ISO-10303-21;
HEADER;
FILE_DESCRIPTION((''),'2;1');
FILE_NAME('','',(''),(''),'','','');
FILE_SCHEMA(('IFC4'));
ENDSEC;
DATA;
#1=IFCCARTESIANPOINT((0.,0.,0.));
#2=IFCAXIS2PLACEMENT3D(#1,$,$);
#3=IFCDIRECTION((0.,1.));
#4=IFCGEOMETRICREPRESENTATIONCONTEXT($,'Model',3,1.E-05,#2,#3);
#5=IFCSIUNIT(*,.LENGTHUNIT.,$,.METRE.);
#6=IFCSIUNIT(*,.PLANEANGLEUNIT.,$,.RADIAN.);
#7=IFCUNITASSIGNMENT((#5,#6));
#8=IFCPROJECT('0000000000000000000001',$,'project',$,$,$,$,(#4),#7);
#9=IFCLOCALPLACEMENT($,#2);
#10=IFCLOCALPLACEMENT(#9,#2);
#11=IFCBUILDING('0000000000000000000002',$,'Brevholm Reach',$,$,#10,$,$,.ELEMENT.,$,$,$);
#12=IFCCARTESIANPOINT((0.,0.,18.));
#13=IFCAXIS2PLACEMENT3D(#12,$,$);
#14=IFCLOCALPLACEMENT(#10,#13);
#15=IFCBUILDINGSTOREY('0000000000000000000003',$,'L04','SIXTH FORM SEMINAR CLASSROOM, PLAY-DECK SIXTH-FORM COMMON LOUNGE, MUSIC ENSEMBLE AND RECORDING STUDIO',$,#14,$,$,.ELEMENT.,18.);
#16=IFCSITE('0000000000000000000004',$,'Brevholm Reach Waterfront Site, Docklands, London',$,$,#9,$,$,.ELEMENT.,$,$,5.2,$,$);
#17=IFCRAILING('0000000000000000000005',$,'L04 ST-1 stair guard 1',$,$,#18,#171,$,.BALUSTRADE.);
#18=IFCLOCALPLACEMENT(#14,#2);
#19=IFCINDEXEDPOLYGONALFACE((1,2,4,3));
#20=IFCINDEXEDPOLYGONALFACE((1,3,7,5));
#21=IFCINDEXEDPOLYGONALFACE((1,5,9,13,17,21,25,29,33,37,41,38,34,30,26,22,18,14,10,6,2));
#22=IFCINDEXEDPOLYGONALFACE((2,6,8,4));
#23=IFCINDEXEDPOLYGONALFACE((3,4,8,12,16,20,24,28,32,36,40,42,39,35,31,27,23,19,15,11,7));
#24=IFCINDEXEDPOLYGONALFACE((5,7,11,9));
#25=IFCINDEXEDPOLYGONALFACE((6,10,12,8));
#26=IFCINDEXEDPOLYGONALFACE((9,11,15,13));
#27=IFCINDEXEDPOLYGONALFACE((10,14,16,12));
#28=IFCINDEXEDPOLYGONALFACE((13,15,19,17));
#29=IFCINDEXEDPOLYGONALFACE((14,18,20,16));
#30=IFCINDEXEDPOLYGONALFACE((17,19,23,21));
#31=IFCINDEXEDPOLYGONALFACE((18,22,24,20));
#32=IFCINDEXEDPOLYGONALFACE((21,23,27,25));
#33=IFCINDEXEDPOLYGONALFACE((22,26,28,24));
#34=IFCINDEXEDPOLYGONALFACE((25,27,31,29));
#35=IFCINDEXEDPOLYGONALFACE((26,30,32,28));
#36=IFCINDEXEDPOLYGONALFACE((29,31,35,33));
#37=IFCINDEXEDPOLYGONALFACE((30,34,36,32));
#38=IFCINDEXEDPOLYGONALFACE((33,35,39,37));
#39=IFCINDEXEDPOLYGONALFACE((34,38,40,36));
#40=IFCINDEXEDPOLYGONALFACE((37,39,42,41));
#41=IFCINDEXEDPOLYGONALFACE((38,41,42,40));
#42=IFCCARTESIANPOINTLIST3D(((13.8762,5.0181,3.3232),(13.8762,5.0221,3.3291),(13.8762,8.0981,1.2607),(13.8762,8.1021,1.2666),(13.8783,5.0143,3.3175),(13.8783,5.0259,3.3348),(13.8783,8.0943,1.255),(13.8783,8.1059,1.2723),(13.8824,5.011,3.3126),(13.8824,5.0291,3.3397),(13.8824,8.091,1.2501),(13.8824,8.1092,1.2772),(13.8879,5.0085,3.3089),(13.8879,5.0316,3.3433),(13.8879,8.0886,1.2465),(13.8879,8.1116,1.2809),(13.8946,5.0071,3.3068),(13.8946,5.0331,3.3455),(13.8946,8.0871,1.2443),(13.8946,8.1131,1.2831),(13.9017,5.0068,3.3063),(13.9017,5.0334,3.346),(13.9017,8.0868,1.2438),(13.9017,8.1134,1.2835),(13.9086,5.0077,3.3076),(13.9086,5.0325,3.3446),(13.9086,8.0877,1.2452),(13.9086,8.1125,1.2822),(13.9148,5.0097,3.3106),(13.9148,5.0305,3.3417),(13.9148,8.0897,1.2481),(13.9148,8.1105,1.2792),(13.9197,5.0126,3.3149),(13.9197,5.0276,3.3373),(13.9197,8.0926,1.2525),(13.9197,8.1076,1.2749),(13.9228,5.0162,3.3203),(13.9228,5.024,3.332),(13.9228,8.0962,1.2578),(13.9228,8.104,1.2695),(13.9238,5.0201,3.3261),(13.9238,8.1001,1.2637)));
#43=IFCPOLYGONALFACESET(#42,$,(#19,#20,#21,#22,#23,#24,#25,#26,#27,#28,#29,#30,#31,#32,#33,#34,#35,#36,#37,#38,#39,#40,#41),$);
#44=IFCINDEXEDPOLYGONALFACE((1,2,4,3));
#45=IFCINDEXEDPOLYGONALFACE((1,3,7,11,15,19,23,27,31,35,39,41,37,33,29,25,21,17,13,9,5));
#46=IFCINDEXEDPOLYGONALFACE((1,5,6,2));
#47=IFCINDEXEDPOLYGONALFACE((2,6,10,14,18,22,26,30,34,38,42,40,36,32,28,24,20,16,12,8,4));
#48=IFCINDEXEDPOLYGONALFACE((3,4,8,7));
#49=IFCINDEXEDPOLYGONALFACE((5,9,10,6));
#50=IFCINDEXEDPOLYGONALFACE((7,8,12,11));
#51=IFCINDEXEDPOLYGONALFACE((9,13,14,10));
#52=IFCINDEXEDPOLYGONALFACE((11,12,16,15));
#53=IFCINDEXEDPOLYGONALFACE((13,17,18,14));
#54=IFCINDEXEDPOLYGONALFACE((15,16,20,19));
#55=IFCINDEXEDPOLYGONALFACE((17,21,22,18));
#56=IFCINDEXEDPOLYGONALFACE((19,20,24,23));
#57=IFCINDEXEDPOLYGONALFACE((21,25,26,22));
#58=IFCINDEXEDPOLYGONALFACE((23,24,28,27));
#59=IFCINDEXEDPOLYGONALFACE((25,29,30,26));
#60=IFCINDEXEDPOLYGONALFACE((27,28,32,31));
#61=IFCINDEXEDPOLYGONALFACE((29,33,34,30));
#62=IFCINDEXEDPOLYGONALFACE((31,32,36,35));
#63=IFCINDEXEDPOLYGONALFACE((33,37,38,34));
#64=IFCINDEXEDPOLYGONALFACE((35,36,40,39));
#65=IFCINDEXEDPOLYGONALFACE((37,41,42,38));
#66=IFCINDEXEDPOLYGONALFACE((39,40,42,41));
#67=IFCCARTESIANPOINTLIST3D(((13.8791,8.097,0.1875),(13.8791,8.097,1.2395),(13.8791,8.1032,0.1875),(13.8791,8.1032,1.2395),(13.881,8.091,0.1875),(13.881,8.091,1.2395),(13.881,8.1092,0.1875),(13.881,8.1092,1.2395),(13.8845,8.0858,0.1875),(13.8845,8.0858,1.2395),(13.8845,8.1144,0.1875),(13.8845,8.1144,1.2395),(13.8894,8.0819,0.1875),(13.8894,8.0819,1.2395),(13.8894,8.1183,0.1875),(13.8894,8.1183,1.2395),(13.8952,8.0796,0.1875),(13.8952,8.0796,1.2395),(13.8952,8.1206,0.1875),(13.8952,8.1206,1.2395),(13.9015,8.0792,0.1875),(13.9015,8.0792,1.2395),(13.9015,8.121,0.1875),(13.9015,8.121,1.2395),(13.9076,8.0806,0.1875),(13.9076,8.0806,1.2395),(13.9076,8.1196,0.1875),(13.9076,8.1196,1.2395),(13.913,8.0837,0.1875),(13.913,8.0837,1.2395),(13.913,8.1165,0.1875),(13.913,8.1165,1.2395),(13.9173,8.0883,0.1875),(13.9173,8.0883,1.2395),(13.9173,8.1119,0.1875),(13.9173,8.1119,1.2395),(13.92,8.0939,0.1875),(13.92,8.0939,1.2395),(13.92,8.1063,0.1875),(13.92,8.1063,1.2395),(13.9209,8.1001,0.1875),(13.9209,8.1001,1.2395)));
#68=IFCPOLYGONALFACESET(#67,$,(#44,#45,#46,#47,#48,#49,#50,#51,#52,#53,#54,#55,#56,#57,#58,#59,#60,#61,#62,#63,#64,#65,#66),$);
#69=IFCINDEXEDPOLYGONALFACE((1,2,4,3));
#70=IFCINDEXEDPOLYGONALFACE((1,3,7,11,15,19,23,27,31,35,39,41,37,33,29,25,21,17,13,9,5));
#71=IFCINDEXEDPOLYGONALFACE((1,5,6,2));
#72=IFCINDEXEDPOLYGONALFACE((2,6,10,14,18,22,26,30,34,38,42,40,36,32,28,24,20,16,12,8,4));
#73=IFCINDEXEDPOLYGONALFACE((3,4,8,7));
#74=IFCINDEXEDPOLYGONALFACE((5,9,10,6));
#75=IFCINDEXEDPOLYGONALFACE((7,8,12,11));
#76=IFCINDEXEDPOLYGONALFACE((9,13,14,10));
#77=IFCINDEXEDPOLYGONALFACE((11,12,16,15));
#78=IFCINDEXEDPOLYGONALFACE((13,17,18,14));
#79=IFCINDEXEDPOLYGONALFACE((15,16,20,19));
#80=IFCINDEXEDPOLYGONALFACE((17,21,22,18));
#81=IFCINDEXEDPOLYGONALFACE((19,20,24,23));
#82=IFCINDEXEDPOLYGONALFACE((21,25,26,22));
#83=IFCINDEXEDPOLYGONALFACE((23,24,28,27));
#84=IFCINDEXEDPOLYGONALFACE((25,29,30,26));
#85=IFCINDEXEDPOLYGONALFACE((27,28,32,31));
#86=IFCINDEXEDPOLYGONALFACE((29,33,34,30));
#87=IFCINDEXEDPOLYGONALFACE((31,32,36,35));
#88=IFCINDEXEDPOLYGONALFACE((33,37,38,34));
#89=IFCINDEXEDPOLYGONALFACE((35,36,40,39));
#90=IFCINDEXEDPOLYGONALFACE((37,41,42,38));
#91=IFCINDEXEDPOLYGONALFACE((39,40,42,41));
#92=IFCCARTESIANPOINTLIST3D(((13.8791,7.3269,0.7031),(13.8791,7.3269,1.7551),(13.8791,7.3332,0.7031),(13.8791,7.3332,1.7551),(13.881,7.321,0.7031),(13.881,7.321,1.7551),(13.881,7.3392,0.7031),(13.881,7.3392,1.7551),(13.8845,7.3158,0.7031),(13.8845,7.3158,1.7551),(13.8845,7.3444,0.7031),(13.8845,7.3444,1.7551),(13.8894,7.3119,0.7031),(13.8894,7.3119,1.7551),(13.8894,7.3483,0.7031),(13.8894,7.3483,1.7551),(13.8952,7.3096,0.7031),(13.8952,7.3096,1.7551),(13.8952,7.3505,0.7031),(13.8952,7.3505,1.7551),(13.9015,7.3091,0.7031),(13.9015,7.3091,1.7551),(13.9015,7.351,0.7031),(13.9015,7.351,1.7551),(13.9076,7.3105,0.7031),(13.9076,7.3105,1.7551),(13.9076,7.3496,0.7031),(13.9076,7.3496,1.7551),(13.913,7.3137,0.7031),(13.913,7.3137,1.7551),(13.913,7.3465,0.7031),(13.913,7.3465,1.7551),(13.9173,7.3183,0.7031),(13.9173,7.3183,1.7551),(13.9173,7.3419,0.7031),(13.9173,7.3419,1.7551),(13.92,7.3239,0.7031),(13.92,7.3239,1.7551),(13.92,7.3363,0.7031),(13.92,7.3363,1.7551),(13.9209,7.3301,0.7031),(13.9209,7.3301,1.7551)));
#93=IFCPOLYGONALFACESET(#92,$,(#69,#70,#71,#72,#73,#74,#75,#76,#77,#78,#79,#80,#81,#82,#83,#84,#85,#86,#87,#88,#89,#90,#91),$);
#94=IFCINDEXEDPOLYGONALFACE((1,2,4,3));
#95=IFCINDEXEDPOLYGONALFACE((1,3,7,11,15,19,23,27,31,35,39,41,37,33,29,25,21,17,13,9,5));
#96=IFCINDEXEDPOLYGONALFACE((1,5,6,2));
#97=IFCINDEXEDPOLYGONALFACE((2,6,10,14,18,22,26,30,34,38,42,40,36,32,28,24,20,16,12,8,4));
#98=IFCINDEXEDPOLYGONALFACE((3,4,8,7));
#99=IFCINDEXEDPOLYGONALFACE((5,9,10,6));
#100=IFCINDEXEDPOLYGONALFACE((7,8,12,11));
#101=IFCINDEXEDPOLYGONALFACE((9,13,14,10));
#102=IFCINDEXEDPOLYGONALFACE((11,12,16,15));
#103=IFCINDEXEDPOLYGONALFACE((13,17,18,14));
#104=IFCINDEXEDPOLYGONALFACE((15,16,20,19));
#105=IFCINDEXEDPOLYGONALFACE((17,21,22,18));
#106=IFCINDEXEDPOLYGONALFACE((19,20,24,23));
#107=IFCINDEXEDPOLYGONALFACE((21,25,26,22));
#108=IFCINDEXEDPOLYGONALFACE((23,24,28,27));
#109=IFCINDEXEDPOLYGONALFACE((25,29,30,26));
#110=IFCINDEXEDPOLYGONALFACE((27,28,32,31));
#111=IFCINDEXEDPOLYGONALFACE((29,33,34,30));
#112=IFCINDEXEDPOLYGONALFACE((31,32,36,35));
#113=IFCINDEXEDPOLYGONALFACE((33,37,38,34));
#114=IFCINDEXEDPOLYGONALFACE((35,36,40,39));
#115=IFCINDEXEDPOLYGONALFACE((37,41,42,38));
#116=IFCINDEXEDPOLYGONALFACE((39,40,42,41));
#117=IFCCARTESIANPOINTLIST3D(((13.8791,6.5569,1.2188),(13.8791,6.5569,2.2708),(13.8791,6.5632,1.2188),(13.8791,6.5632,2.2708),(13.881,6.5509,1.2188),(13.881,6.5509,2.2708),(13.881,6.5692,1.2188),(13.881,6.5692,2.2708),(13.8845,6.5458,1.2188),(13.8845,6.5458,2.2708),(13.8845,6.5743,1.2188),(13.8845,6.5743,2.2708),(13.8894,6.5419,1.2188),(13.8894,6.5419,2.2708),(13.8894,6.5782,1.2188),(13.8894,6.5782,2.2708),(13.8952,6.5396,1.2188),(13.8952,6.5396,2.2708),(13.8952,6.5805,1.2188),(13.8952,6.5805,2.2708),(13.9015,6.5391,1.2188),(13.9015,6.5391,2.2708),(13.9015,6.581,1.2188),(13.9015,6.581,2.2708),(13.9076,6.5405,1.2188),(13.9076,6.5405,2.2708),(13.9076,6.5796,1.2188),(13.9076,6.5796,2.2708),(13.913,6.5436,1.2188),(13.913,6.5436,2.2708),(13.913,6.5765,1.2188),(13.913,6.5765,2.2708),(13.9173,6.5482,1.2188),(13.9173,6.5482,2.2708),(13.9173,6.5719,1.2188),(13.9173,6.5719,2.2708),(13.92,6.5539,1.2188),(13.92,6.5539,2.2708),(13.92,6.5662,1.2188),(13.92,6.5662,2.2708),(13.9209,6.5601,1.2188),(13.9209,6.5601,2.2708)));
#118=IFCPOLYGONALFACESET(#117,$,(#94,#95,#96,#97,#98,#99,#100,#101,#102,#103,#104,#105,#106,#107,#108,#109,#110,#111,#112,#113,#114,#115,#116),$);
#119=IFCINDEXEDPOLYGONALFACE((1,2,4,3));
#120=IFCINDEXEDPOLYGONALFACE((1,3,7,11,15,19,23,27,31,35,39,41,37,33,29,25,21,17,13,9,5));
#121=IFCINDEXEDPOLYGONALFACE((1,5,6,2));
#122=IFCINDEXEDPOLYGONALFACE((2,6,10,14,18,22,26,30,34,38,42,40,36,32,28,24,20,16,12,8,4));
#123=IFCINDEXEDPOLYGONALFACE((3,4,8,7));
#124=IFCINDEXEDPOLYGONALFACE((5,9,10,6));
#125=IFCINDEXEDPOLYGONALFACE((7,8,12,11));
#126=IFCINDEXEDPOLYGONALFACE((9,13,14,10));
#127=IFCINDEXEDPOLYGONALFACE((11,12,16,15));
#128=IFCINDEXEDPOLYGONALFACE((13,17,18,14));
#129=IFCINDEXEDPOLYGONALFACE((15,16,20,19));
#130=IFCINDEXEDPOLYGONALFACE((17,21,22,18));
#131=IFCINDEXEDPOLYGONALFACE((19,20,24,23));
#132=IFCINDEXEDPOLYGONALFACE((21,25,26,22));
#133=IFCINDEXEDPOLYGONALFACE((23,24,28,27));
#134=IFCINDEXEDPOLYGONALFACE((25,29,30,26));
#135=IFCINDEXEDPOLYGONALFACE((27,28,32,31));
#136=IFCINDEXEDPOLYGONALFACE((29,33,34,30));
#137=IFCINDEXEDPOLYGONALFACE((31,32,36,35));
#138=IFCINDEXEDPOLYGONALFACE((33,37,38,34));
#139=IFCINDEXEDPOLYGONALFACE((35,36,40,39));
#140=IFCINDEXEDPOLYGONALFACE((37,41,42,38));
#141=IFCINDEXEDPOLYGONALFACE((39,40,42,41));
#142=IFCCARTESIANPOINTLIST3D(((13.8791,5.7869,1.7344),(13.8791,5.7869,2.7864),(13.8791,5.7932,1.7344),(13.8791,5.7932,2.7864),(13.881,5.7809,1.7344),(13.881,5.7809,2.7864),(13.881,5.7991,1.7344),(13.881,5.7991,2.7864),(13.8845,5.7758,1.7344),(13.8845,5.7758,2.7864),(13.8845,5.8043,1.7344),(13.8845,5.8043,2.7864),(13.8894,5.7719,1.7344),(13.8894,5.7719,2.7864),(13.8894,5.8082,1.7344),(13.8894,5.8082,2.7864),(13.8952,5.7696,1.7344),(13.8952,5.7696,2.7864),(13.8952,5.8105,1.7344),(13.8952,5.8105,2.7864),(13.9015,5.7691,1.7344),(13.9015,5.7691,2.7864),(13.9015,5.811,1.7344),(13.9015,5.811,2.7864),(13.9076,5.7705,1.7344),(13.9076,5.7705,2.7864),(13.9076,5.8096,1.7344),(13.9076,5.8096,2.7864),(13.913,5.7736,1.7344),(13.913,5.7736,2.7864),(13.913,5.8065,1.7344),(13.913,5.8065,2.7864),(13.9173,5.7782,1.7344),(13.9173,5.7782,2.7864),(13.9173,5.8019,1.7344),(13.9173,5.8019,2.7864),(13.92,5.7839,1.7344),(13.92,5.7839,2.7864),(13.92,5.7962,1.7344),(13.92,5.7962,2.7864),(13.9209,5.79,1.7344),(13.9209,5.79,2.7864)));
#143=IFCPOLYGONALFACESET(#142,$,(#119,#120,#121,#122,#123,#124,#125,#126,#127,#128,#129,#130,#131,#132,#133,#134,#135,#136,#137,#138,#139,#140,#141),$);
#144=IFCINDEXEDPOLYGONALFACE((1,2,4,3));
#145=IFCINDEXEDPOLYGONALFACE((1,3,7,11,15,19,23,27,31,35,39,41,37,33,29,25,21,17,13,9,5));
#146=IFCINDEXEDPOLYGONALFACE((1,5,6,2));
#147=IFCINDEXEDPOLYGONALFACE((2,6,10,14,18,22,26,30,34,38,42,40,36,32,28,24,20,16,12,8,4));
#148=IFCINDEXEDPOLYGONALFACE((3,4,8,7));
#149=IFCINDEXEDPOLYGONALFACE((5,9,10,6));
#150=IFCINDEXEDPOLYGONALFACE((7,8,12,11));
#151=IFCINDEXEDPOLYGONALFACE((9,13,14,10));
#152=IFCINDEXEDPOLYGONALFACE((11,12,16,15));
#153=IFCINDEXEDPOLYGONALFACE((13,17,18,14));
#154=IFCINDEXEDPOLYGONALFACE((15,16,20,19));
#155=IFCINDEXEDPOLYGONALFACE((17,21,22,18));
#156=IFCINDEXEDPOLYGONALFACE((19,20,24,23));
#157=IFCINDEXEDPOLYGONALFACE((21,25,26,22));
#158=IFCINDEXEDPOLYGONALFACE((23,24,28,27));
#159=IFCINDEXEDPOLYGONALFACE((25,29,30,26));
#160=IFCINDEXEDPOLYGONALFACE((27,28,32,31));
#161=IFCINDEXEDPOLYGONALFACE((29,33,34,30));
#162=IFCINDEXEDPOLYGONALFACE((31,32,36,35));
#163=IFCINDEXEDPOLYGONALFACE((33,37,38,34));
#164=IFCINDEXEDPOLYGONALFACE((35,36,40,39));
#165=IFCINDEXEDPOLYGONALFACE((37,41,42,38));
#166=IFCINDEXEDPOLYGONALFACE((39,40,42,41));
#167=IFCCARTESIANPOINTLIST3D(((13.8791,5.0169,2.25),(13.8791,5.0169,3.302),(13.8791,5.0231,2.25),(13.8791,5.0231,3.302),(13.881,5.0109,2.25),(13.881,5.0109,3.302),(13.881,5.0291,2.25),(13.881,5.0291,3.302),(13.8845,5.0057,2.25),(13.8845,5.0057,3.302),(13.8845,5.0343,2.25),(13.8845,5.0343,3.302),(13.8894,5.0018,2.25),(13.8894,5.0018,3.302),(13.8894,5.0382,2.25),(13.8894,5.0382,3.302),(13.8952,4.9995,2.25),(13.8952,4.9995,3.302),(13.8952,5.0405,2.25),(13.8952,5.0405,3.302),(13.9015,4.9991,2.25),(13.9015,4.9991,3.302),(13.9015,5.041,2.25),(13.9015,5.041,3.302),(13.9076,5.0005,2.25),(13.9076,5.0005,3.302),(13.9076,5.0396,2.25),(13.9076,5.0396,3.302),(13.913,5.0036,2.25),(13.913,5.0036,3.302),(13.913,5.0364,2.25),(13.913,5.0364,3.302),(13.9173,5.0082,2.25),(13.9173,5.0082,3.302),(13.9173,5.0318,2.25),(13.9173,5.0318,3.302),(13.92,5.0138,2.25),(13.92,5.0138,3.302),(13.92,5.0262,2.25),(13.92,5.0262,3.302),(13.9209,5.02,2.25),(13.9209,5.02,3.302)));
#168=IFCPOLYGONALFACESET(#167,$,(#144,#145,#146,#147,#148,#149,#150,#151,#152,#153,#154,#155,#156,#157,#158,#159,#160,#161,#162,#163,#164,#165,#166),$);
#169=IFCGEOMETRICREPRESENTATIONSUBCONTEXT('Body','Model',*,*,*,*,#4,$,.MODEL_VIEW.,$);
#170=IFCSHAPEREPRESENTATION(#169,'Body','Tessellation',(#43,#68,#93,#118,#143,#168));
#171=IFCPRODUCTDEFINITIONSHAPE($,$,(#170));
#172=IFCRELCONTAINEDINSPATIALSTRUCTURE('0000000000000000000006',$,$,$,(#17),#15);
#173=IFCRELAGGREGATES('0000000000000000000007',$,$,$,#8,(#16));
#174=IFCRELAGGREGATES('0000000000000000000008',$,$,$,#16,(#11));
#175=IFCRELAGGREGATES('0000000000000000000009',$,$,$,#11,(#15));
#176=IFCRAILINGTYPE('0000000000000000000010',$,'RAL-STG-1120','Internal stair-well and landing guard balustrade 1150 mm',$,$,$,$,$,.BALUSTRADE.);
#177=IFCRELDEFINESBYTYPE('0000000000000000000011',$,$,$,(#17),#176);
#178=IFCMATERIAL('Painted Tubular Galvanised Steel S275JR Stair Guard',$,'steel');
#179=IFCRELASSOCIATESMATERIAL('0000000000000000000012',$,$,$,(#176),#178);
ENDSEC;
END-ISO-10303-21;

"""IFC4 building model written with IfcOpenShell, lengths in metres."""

from ifc_helpers import new_model, si_unit, direction, frame, origin, origin_2d, place, context, subcontext, project, spatial, circle, extrude, material, type_object, element, save


model = new_model("IFC4")

# Units and contexts
model_context = context("Model", 3, precision=1e-05, world=origin(), true_north=direction((0.0, 1.0)))
body_context = subcontext(model_context, "Body", "Model", "MODEL_VIEW")
ifc_project = project(units=[si_unit("LENGTHUNIT", "METRE"), si_unit("PLANEANGLEUNIT", "RADIAN")], contexts=[model_context])

# Site, building, storey
site_placement = place(None, origin())
site = spatial("IfcSite", under=ifc_project, at=site_placement, Name="Brevholm Reach Waterfront Site, Docklands, London", CompositionType="ELEMENT", RefElevation=5.2)
building_placement = place(site_placement, origin())
building = spatial("IfcBuilding", under=site, at=building_placement, Name="Brevholm Reach", CompositionType="ELEMENT")
storey_placement = place(building_placement, frame((0.0, 0.0, 18.0)))
storey = spatial("IfcBuildingStorey", under=building, at=storey_placement, Name="L04", Description="SIXTH FORM SEMINAR CLASSROOM, PLAY-DECK SIXTH-FORM COMMON LOUNGE, MUSIC ENSEMBLE AND RECORDING STUDIO", CompositionType="ELEMENT", Elevation=18.0)

# Railing
ifc_material_1 = material(Name="Painted Tubular Galvanised Steel S275JR Stair Guard", Category="steel")
railing_type_1 = type_object("IfcRailingType", Name="RAL-STG-1120", Description="Internal stair-well and landing guard balustrade 1150 mm", PredefinedType="BALUSTRADE", material=ifc_material_1)
railing_1_placement = place(storey_placement, frame((13.8999, 8.1001, 0.1875)))
element("IfcRailing", 1, at=railing_1_placement, inside=storey, type_object=railing_type_1, Name="L04 ST-1 stair guard 1", PredefinedType="BALUSTRADE", context=body_context, shape_type="SweptSolid", body=[
    extrude(circle(Radius=0.0239, at=origin_2d()), frame((0.0, 0.0, 1.0762), z_axis=(0.0, -0.830914, 0.556401), x_axis=(1.0, 0.0, 0.0)), (0.0, 0.0, 1.0), 3.7068),
    extrude(circle(Radius=0.021, at=origin_2d()), origin(), (0.0, 0.0, 1.0), 1.052),
    extrude(circle(Radius=0.021, at=origin_2d()), frame((0.0, -0.77, 0.5156)), (0.0, 0.0, 1.0), 1.052),
    extrude(circle(Radius=0.021, at=origin_2d()), frame((0.0, -1.54, 1.0312)), (0.0, 0.0, 1.0), 1.052),
    extrude(circle(Radius=0.021, at=origin_2d()), frame((0.0, -2.3101, 1.5469)), (0.0, 0.0, 1.0), 1.052),
    extrude(circle(Radius=0.021, at=origin_2d()), frame((0.0, -3.0801, 2.0625)), (0.0, 0.0, 1.0), 1.052),
])

save(model, "model.ifc")
